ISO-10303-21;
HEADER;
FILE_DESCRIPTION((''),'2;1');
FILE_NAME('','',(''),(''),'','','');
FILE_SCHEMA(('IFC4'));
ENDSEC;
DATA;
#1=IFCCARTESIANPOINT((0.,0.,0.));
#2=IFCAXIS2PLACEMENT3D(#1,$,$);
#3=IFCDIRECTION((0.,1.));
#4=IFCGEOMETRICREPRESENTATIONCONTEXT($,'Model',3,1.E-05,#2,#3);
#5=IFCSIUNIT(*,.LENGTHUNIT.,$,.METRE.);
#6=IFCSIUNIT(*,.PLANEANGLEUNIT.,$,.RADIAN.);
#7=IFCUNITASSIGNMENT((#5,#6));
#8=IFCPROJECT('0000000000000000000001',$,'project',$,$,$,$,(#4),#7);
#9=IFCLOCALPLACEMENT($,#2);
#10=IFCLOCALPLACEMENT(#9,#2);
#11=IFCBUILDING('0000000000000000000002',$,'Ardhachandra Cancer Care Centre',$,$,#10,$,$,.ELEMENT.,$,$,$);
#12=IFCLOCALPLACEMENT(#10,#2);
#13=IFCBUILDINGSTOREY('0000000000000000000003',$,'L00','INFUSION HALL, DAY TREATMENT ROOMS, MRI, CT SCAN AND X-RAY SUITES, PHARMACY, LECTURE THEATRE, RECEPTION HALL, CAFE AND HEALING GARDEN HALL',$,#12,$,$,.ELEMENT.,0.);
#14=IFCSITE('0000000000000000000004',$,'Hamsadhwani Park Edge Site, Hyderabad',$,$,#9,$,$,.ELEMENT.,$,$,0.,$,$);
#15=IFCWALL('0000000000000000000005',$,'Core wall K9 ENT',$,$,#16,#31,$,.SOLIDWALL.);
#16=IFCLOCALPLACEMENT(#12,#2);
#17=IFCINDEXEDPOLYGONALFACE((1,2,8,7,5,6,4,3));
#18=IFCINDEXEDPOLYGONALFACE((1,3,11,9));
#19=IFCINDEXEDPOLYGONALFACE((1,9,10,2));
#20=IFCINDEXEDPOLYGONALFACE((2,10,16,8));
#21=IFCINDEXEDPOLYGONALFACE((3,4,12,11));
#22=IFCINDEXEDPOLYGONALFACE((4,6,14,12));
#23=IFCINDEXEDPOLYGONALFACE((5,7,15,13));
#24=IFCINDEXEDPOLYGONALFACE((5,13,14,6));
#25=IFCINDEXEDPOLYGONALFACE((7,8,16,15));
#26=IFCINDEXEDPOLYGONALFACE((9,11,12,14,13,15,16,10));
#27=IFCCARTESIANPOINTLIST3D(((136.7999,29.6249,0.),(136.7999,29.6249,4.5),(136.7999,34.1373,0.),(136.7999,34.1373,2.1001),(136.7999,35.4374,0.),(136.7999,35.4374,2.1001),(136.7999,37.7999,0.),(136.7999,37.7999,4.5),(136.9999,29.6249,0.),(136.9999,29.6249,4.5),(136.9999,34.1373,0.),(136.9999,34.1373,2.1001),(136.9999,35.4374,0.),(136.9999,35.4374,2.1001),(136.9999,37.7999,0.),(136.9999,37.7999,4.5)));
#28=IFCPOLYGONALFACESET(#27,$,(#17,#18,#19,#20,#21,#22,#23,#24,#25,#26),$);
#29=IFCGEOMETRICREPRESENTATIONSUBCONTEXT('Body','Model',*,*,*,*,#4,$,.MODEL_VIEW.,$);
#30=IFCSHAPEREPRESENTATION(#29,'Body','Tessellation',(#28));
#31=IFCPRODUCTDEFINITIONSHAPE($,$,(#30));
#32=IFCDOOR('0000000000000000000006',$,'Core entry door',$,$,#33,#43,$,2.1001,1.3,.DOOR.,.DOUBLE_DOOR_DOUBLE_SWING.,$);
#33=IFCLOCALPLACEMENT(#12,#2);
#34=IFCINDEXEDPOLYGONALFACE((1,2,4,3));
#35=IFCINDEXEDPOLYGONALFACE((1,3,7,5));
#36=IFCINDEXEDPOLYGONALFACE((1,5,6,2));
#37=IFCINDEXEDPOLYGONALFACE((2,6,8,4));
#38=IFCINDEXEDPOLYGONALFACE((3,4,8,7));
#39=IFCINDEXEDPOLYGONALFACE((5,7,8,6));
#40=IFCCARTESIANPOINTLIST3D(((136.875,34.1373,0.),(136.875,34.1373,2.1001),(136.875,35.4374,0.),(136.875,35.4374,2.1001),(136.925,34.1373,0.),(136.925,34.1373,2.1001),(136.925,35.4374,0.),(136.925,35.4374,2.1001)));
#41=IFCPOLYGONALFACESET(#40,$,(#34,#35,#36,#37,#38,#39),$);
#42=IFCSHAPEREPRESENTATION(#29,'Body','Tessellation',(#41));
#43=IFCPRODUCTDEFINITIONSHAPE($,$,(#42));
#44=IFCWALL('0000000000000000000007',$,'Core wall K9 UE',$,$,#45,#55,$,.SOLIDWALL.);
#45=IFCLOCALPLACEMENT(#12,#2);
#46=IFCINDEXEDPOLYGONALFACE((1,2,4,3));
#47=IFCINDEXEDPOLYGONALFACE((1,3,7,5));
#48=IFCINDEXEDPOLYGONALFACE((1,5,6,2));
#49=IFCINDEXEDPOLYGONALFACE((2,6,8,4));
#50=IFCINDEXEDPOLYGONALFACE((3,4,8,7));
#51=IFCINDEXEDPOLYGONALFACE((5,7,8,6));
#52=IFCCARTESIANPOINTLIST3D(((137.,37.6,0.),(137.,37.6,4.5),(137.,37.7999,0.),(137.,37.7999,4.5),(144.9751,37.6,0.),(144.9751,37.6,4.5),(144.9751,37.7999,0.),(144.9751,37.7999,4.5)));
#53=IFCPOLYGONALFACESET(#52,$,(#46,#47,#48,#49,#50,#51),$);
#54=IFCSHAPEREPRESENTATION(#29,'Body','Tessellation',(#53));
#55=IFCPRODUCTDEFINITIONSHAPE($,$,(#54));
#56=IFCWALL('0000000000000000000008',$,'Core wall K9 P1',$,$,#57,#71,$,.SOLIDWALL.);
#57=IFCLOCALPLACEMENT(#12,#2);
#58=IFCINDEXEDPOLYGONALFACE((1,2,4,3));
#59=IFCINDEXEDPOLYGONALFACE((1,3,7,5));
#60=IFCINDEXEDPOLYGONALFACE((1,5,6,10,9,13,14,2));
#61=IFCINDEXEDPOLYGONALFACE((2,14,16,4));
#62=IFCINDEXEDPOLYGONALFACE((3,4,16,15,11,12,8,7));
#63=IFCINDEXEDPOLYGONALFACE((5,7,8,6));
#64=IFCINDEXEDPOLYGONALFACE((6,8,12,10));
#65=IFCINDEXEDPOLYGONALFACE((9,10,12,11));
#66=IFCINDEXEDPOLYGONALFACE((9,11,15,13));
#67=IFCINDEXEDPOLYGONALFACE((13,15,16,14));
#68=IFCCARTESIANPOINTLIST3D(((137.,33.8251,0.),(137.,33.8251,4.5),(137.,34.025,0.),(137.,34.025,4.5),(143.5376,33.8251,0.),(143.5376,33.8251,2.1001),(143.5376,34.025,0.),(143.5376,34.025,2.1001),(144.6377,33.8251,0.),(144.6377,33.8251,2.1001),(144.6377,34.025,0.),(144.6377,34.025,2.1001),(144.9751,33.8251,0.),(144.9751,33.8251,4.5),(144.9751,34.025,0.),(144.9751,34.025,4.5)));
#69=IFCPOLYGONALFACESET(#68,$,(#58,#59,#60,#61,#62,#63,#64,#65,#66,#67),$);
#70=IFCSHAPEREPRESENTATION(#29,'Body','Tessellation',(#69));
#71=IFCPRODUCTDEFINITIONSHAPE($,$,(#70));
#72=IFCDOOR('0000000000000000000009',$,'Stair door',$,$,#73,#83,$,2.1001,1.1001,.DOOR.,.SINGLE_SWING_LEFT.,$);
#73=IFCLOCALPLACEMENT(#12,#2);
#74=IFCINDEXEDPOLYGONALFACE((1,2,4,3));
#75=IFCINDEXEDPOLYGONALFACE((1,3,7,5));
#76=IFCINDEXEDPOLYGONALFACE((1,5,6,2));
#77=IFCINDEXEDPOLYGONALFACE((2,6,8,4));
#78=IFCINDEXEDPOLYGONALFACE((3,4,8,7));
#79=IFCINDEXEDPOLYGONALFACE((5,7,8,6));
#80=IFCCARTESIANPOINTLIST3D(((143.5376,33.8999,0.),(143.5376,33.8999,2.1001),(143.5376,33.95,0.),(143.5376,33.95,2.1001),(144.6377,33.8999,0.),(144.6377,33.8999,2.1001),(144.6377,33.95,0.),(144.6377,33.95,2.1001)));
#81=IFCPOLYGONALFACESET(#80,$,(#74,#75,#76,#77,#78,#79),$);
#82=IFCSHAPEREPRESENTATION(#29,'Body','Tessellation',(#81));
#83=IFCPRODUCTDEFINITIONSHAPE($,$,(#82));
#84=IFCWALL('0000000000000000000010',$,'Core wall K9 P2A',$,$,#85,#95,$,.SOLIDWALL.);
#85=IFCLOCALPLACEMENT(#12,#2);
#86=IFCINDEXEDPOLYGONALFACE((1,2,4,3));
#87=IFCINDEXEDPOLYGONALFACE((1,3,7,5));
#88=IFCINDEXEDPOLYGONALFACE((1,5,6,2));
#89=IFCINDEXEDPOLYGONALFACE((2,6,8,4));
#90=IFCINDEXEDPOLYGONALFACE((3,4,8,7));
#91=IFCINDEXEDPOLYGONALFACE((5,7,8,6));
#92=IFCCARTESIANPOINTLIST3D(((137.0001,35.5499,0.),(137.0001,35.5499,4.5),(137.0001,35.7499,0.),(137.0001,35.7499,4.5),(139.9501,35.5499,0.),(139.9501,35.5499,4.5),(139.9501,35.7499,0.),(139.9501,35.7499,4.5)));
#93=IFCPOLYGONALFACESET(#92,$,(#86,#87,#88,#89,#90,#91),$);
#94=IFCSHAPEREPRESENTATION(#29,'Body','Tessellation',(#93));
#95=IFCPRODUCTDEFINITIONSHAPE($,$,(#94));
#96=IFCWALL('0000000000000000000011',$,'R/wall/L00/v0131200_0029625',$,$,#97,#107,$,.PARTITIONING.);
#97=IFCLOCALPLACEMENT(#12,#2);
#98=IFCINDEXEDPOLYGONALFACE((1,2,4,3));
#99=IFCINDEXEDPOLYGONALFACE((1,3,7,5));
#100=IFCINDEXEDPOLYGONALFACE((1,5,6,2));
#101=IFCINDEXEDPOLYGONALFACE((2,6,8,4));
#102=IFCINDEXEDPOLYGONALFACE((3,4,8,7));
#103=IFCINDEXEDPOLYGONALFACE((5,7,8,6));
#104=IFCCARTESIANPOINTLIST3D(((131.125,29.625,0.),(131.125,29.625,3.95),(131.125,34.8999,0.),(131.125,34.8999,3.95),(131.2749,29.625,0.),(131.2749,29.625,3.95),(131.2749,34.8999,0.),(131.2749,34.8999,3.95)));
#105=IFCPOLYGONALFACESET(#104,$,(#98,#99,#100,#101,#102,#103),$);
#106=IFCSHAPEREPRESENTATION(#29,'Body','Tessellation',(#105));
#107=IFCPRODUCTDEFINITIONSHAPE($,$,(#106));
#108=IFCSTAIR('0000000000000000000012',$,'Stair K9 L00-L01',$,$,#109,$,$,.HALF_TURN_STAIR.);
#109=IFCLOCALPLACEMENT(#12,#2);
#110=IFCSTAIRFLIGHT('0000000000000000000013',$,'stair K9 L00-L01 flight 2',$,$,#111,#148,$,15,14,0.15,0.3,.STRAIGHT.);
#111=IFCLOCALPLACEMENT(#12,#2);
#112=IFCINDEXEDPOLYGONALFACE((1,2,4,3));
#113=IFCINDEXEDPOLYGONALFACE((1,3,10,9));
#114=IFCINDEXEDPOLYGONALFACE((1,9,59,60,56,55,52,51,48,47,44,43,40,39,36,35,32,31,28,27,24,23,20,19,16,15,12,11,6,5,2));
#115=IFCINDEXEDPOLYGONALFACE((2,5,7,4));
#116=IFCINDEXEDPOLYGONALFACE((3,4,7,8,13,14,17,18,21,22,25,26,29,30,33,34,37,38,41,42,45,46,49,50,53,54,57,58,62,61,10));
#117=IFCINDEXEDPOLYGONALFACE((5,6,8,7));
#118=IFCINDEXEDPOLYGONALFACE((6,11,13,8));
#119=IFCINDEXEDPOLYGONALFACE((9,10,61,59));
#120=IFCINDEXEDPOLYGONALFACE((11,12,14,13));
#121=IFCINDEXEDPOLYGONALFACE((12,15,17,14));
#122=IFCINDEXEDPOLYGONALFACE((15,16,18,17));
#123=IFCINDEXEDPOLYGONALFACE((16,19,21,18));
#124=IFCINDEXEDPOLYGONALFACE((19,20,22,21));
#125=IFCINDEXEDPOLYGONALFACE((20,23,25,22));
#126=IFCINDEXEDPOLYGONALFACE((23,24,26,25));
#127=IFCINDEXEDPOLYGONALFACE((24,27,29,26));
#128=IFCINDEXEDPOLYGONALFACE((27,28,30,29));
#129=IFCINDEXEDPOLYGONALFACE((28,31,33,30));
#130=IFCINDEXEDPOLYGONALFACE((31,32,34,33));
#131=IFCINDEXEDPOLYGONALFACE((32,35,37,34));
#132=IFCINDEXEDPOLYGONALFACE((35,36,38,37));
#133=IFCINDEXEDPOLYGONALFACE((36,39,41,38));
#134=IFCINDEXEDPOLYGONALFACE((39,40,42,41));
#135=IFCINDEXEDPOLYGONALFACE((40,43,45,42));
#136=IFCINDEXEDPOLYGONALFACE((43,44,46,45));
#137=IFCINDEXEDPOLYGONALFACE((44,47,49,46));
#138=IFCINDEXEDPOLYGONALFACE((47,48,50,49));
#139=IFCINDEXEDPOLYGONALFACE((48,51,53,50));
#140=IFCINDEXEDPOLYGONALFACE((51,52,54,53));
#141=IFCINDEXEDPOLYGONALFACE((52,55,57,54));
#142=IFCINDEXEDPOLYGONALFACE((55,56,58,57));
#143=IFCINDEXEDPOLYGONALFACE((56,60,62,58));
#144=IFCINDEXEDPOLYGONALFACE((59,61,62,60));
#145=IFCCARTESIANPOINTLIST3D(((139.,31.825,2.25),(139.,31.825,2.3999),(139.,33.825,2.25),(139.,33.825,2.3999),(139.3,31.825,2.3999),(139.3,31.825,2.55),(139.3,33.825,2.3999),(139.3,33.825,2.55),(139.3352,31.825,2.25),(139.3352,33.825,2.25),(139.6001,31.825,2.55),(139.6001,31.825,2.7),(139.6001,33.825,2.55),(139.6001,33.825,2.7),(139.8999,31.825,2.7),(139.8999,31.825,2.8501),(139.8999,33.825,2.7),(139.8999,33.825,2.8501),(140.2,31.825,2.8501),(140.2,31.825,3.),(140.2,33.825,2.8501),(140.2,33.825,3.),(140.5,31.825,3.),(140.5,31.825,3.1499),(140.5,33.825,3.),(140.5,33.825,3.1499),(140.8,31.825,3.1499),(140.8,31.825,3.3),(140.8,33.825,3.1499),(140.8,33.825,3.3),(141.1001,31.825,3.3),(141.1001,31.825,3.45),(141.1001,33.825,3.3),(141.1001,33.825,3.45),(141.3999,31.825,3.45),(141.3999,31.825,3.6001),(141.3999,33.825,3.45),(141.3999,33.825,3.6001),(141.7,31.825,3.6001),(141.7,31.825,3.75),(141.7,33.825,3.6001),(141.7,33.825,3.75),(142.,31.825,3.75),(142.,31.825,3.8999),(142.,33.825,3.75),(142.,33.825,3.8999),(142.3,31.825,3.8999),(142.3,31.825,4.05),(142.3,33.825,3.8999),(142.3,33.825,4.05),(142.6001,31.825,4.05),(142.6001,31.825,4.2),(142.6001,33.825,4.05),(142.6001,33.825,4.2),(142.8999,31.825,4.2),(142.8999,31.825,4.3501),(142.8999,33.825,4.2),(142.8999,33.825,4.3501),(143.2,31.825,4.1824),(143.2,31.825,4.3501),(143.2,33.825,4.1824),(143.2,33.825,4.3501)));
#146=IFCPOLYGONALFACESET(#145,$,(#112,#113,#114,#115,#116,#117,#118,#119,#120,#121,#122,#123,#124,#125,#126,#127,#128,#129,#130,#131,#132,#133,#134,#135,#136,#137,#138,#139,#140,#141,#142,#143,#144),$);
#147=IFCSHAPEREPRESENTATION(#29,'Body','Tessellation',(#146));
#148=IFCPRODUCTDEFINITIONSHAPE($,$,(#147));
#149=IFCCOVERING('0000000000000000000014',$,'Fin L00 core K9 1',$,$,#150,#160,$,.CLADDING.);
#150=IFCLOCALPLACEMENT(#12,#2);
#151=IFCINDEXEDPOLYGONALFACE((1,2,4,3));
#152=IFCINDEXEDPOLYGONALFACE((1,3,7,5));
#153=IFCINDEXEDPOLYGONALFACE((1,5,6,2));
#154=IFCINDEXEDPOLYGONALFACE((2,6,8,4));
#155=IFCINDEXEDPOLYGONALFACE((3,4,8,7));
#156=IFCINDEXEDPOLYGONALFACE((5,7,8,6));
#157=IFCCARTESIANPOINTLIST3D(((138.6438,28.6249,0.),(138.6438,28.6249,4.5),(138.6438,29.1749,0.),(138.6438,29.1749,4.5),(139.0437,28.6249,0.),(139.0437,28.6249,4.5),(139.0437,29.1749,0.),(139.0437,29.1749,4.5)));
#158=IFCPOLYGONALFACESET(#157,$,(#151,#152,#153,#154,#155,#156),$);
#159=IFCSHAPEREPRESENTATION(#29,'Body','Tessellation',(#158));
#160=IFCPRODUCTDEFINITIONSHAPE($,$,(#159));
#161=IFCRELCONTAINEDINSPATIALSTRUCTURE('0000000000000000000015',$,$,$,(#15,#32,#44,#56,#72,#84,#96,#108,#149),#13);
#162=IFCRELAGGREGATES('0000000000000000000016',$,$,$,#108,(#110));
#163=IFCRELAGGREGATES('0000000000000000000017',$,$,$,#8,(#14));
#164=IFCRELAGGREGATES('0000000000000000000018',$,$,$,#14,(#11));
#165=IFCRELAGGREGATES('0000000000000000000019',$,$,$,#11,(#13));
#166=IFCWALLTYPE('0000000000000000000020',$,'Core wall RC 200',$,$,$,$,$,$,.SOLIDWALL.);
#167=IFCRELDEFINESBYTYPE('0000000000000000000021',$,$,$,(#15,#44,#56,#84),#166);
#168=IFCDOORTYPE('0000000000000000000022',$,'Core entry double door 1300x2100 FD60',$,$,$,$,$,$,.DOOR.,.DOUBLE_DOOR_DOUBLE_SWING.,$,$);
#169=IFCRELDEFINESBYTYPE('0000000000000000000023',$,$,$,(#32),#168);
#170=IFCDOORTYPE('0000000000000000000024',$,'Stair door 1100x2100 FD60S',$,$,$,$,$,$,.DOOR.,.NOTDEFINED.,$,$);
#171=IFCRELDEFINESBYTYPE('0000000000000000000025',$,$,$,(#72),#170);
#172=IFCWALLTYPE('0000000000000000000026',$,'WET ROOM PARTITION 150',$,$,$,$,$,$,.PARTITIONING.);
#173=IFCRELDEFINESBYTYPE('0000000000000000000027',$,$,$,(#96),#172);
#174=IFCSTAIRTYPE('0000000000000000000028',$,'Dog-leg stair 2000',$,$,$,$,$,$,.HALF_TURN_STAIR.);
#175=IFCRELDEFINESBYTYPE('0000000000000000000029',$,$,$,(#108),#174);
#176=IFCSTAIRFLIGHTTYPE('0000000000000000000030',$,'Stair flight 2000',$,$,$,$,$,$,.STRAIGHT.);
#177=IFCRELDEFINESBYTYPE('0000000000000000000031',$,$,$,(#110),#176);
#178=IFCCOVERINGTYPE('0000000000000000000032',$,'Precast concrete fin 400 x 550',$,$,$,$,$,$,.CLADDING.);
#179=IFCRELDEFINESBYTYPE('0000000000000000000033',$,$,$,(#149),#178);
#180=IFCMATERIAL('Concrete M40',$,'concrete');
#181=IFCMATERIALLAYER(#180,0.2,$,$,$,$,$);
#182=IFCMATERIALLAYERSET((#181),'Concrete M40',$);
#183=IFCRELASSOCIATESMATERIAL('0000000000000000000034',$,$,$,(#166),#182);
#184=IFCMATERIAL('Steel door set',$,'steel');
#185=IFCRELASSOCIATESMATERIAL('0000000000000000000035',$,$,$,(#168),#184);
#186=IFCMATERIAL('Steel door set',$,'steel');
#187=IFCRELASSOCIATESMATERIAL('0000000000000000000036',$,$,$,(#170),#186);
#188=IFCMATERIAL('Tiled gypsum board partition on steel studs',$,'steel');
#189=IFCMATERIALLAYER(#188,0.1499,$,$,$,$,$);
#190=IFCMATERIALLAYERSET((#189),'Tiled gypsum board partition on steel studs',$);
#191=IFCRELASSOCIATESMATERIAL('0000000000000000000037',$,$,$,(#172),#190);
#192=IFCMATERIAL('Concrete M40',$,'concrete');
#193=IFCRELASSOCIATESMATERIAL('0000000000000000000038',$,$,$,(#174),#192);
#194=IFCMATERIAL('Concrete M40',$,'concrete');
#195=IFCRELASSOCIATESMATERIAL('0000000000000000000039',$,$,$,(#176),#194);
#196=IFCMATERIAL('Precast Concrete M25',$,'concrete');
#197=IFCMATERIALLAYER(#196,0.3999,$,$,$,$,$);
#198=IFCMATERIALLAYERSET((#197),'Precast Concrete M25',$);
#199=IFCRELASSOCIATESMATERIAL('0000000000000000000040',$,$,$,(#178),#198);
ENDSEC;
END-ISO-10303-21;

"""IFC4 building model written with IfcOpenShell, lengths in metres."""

from ifc_helpers import new_model, si_unit, direction, frame, frame_2d, origin, origin_2d, place, context, subcontext, project, spatial, polyline, rectangle, outline, extrude, material, layer, layer_set, type_object, element, fill, aggregate, save


model = new_model("IFC4")

# Units and contexts
model_context = context("Model", 3, precision=1e-05, world=origin(), true_north=direction((0.0, 1.0)))
body_context = subcontext(model_context, "Body", "Model", "MODEL_VIEW")
ifc_project = project(units=[si_unit("LENGTHUNIT", "METRE"), si_unit("PLANEANGLEUNIT", "RADIAN")], contexts=[model_context])

# Site, building, storey
site_placement = place(None, origin())
site = spatial("IfcSite", under=ifc_project, at=site_placement, Name="Hamsadhwani Park Edge Site, Hyderabad", CompositionType="ELEMENT", RefElevation=0.0)
building_placement = place(site_placement, origin())
building = spatial("IfcBuilding", under=site, at=building_placement, Name="Ardhachandra Cancer Care Centre", CompositionType="ELEMENT")
storey_placement = place(building_placement, origin())
storey = spatial("IfcBuildingStorey", under=building, at=storey_placement, Name="L00", Description="INFUSION HALL, DAY TREATMENT ROOMS, MRI, CT SCAN AND X-RAY SUITES, PHARMACY, LECTURE THEATRE, RECEPTION HALL, CAFE AND HEALING GARDEN HALL", CompositionType="ELEMENT", Elevation=0.0)

# Wall, opening, door
ifc_material_1 = material(Name="Concrete M40", Category="concrete")
ifc_layer_1 = layer(ifc_material_1, 0.2)
ifc_layer_set_1 = layer_set([ifc_layer_1], Name="Concrete M40")
wall_type_1 = type_object("IfcWallType", Name="Core wall RC 200", PredefinedType="SOLIDWALL", material=ifc_layer_set_1)
wall_1_placement = place(storey_placement, frame((136.8999, 29.625, 0.0), z_axis=(0.0, 0.0, 1.0), x_axis=(0.0, 1.0, 0.0)))
wall_1 = element("IfcWall", 1, at=wall_1_placement, inside=storey, type_object=wall_type_1, Name="Core wall K9 ENT", PredefinedType="SOLIDWALL", context=body_context, shape_type="SweptSolid", body=[
    extrude(rectangle(XDim=8.175, YDim=0.2, at=frame_2d((4.0874, 0.0))), origin(), (0.0, 0.0, 1.0), 4.5),
])
opening_1_placement = place(wall_1_placement, frame((4.5125, 0.0, 0.0)))
opening_1 = element("IfcOpeningElement", 2, at=opening_1_placement, cuts=wall_1, PredefinedType="OPENING", context=body_context, shape_type="SweptSolid", body=[
    extrude(rectangle(XDim=1.3, YDim=2.1001, at=frame_2d((0.6499, 1.05))), frame((0.0, 0.1099, 0.0), z_axis=(0.0, -1.0, 0.0), x_axis=(1.0, 0.0, 0.0)), (0.0, 0.0, 1.0), 0.22),
])
ifc_material_2 = material(Name="Steel door set", Category="steel")
door_type_1 = type_object("IfcDoorType", Name="Core entry double door 1300x2100 FD60", OperationType="DOUBLE_DOOR_DOUBLE_SWING", PredefinedType="DOOR", material=ifc_material_2)
door_1_placement = place(opening_1_placement, origin())
door_1 = element("IfcDoor", 3, at=door_1_placement, inside=storey, type_object=door_type_1, Name="Core entry door", OperationType="DOUBLE_DOOR_DOUBLE_SWING", OverallHeight=2.1001, OverallWidth=1.3, PredefinedType="DOOR", context=body_context, shape_type="SweptSolid", body=[
    extrude(rectangle(XDim=1.3, YDim=2.1001, at=frame_2d((0.6499, 1.05))), frame((0.0, 0.0249, 0.0), z_axis=(0.0, -1.0, 0.0), x_axis=(1.0, 0.0, 0.0)), (0.0, 0.0, 1.0), 0.05),
])
fill(opening_1, door_1)

# Wall
wall_2_placement = place(storey_placement, frame((137.0, 37.7, 0.0), z_axis=(0.0, 0.0, 1.0), x_axis=(1.0, 0.0, 0.0)))
element("IfcWall", 4, at=wall_2_placement, inside=storey, type_object=wall_type_1, Name="Core wall K9 UE", PredefinedType="SOLIDWALL", context=body_context, shape_type="SweptSolid", body=[
    extrude(rectangle(XDim=7.9751, YDim=0.2, at=frame_2d((3.9875, 0.0))), origin(), (0.0, 0.0, 1.0), 4.5),
])

# Wall, opening, door
wall_3_placement = place(storey_placement, frame((137.0, 33.925, 0.0), z_axis=(0.0, 0.0, 1.0), x_axis=(1.0, 0.0, 0.0)))
wall_3 = element("IfcWall", 5, at=wall_3_placement, inside=storey, type_object=wall_type_1, Name="Core wall K9 P1", PredefinedType="SOLIDWALL", context=body_context, shape_type="SweptSolid", body=[
    extrude(rectangle(XDim=7.9751, YDim=0.2, at=frame_2d((3.9875, 0.0))), origin(), (0.0, 0.0, 1.0), 4.5),
])
opening_2_placement = place(wall_3_placement, frame((6.5376, 0.0, 0.0)))
opening_2 = element("IfcOpeningElement", 6, at=opening_2_placement, cuts=wall_3, PredefinedType="OPENING", context=body_context, shape_type="SweptSolid", body=[
    extrude(rectangle(XDim=1.1001, YDim=2.1001, at=frame_2d((0.55, 1.05))), frame((0.0, 0.1099, 0.0), z_axis=(0.0, -1.0, 0.0), x_axis=(1.0, 0.0, 0.0)), (0.0, 0.0, 1.0), 0.22),
])
ifc_material_3 = material(Name="Steel door set", Category="steel")
door_type_2 = type_object("IfcDoorType", Name="Stair door 1100x2100 FD60S", OperationType="NOTDEFINED", PredefinedType="DOOR", material=ifc_material_3)
door_2_placement = place(opening_2_placement, origin())
door_2 = element("IfcDoor", 7, at=door_2_placement, inside=storey, type_object=door_type_2, Name="Stair door", OperationType="SINGLE_SWING_LEFT", OverallHeight=2.1001, OverallWidth=1.1001, PredefinedType="DOOR", context=body_context, shape_type="SweptSolid", body=[
    extrude(rectangle(XDim=1.1001, YDim=2.1001, at=frame_2d((0.55, 1.05))), frame((0.0, 0.0249, 0.0), z_axis=(0.0, -1.0, 0.0), x_axis=(1.0, 0.0, 0.0)), (0.0, 0.0, 1.0), 0.05),
])
fill(opening_2, door_2)

# Walls
wall_4_placement = place(storey_placement, frame((137.0, 35.6499, 0.0), z_axis=(0.0, 0.0, 1.0), x_axis=(1.0, 0.0, 0.0)))
element("IfcWall", 8, at=wall_4_placement, inside=storey, type_object=wall_type_1, Name="Core wall K9 P2A", PredefinedType="SOLIDWALL", context=body_context, shape_type="SweptSolid", body=[
    extrude(rectangle(XDim=2.95, YDim=0.2, at=frame_2d((1.4751, 0.0))), origin(), (0.0, 0.0, 1.0), 4.5),
])
ifc_material_4 = material(Name="Tiled gypsum board partition on steel studs", Category="steel")
ifc_layer_2 = layer(ifc_material_4, 0.1499)
ifc_layer_set_2 = layer_set([ifc_layer_2], Name="Tiled gypsum board partition on steel studs")
wall_type_2 = type_object("IfcWallType", Name="WET ROOM PARTITION 150", PredefinedType="PARTITIONING", material=ifc_layer_set_2)
wall_5_placement = place(storey_placement, frame((131.2, 29.625, 0.0), z_axis=(0.0, 0.0, 1.0), x_axis=(0.0, 1.0, 0.0)))
element("IfcWall", 9, at=wall_5_placement, inside=storey, type_object=wall_type_2, Name="R/wall/L00/v0131200_0029625", PredefinedType="PARTITIONING", context=body_context, shape_type="SweptSolid", body=[
    extrude(rectangle(XDim=5.2749, YDim=0.1499, at=frame_2d((2.6375, 0.0))), origin(), (0.0, 0.0, 1.0), 3.95),
])

# Stair, stair flight
ifc_material_5 = material(Name="Concrete M40", Category="concrete")
stair_type = type_object("IfcStairType", Name="Dog-leg stair 2000", PredefinedType="HALF_TURN_STAIR", material=ifc_material_5)
stair_placement = place(storey_placement, origin())
stair = element("IfcStair", 10, at=stair_placement, inside=storey, type_object=stair_type, Name="Stair K9 L00-L01", PredefinedType="HALF_TURN_STAIR")
ifc_material_6 = material(Name="Concrete M40", Category="concrete")
stair_flight_type = type_object("IfcStairFlightType", Name="Stair flight 2000", PredefinedType="STRAIGHT", material=ifc_material_6)
stair_flight_placement = place(storey_placement, frame((139.0, 32.825, 2.25), z_axis=(0.0, 0.0, 1.0), x_axis=(1.0, 0.0, 0.0)))
stair_flight = element("IfcStairFlight", 11, at=stair_flight_placement, type_object=stair_flight_type, Name="stair K9 L00-L01 flight 2", NumberOfRisers=15, NumberOfTreads=14, PredefinedType="STRAIGHT", RiserHeight=0.15, TreadLength=0.3, context=body_context, shape_type="SweptSolid", body=[
    extrude(outline(polyline([(0.0, 0.0), (0.0, 0.1499), (0.3, 0.1499), (0.3, 0.3), (0.6001, 0.3), (0.6001, 0.45), (0.8999, 0.45), (0.8999, 0.6001), (1.2, 0.6001), (1.2, 0.75), (1.5, 0.75), (1.5, 0.8999), (1.8, 0.8999), (1.8, 1.05), (2.1001, 1.05), (2.1001, 1.2), (2.3999, 1.2), (2.3999, 1.3501), (2.7, 1.3501), (2.7, 1.5), (3.0, 1.5), (3.0, 1.6499), (3.3, 1.6499), (3.3, 1.8), (3.6001, 1.8), (3.6001, 1.95), (3.8999, 1.95), (3.8999, 2.1001), (4.2, 2.1001), (4.2, 2.25), (4.2, 1.9324), (0.3352, 0.0), (0.0, 0.0)])), frame((0.0, 1.0, 0.0), z_axis=(0.0, -1.0, 0.0), x_axis=(1.0, 0.0, 0.0)), (0.0, 0.0, 1.0), 2.0),
])
aggregate(stair, [stair_flight])

# Covering
ifc_material_7 = material(Name="Precast Concrete M25", Category="concrete")
ifc_layer_3 = layer(ifc_material_7, 0.3999)
ifc_layer_set_3 = layer_set([ifc_layer_3], Name="Precast Concrete M25")
covering_type = type_object("IfcCoveringType", Name="Precast concrete fin 400 x 550", PredefinedType="CLADDING", material=ifc_layer_set_3)
covering_placement = place(storey_placement, frame((138.8438, 28.8999, 0.0), z_axis=(0.0, 0.0, 1.0), x_axis=(1.0, 0.0, 0.0)))
element("IfcCovering", 12, at=covering_placement, inside=storey, type_object=covering_type, Name="Fin L00 core K9 1", PredefinedType="CLADDING", context=body_context, shape_type="SweptSolid", body=[
    extrude(rectangle(XDim=0.3999, YDim=0.55, at=origin_2d()), origin(), (0.0, 0.0, 1.0), 4.5),
])

save(model, "model.ifc")
